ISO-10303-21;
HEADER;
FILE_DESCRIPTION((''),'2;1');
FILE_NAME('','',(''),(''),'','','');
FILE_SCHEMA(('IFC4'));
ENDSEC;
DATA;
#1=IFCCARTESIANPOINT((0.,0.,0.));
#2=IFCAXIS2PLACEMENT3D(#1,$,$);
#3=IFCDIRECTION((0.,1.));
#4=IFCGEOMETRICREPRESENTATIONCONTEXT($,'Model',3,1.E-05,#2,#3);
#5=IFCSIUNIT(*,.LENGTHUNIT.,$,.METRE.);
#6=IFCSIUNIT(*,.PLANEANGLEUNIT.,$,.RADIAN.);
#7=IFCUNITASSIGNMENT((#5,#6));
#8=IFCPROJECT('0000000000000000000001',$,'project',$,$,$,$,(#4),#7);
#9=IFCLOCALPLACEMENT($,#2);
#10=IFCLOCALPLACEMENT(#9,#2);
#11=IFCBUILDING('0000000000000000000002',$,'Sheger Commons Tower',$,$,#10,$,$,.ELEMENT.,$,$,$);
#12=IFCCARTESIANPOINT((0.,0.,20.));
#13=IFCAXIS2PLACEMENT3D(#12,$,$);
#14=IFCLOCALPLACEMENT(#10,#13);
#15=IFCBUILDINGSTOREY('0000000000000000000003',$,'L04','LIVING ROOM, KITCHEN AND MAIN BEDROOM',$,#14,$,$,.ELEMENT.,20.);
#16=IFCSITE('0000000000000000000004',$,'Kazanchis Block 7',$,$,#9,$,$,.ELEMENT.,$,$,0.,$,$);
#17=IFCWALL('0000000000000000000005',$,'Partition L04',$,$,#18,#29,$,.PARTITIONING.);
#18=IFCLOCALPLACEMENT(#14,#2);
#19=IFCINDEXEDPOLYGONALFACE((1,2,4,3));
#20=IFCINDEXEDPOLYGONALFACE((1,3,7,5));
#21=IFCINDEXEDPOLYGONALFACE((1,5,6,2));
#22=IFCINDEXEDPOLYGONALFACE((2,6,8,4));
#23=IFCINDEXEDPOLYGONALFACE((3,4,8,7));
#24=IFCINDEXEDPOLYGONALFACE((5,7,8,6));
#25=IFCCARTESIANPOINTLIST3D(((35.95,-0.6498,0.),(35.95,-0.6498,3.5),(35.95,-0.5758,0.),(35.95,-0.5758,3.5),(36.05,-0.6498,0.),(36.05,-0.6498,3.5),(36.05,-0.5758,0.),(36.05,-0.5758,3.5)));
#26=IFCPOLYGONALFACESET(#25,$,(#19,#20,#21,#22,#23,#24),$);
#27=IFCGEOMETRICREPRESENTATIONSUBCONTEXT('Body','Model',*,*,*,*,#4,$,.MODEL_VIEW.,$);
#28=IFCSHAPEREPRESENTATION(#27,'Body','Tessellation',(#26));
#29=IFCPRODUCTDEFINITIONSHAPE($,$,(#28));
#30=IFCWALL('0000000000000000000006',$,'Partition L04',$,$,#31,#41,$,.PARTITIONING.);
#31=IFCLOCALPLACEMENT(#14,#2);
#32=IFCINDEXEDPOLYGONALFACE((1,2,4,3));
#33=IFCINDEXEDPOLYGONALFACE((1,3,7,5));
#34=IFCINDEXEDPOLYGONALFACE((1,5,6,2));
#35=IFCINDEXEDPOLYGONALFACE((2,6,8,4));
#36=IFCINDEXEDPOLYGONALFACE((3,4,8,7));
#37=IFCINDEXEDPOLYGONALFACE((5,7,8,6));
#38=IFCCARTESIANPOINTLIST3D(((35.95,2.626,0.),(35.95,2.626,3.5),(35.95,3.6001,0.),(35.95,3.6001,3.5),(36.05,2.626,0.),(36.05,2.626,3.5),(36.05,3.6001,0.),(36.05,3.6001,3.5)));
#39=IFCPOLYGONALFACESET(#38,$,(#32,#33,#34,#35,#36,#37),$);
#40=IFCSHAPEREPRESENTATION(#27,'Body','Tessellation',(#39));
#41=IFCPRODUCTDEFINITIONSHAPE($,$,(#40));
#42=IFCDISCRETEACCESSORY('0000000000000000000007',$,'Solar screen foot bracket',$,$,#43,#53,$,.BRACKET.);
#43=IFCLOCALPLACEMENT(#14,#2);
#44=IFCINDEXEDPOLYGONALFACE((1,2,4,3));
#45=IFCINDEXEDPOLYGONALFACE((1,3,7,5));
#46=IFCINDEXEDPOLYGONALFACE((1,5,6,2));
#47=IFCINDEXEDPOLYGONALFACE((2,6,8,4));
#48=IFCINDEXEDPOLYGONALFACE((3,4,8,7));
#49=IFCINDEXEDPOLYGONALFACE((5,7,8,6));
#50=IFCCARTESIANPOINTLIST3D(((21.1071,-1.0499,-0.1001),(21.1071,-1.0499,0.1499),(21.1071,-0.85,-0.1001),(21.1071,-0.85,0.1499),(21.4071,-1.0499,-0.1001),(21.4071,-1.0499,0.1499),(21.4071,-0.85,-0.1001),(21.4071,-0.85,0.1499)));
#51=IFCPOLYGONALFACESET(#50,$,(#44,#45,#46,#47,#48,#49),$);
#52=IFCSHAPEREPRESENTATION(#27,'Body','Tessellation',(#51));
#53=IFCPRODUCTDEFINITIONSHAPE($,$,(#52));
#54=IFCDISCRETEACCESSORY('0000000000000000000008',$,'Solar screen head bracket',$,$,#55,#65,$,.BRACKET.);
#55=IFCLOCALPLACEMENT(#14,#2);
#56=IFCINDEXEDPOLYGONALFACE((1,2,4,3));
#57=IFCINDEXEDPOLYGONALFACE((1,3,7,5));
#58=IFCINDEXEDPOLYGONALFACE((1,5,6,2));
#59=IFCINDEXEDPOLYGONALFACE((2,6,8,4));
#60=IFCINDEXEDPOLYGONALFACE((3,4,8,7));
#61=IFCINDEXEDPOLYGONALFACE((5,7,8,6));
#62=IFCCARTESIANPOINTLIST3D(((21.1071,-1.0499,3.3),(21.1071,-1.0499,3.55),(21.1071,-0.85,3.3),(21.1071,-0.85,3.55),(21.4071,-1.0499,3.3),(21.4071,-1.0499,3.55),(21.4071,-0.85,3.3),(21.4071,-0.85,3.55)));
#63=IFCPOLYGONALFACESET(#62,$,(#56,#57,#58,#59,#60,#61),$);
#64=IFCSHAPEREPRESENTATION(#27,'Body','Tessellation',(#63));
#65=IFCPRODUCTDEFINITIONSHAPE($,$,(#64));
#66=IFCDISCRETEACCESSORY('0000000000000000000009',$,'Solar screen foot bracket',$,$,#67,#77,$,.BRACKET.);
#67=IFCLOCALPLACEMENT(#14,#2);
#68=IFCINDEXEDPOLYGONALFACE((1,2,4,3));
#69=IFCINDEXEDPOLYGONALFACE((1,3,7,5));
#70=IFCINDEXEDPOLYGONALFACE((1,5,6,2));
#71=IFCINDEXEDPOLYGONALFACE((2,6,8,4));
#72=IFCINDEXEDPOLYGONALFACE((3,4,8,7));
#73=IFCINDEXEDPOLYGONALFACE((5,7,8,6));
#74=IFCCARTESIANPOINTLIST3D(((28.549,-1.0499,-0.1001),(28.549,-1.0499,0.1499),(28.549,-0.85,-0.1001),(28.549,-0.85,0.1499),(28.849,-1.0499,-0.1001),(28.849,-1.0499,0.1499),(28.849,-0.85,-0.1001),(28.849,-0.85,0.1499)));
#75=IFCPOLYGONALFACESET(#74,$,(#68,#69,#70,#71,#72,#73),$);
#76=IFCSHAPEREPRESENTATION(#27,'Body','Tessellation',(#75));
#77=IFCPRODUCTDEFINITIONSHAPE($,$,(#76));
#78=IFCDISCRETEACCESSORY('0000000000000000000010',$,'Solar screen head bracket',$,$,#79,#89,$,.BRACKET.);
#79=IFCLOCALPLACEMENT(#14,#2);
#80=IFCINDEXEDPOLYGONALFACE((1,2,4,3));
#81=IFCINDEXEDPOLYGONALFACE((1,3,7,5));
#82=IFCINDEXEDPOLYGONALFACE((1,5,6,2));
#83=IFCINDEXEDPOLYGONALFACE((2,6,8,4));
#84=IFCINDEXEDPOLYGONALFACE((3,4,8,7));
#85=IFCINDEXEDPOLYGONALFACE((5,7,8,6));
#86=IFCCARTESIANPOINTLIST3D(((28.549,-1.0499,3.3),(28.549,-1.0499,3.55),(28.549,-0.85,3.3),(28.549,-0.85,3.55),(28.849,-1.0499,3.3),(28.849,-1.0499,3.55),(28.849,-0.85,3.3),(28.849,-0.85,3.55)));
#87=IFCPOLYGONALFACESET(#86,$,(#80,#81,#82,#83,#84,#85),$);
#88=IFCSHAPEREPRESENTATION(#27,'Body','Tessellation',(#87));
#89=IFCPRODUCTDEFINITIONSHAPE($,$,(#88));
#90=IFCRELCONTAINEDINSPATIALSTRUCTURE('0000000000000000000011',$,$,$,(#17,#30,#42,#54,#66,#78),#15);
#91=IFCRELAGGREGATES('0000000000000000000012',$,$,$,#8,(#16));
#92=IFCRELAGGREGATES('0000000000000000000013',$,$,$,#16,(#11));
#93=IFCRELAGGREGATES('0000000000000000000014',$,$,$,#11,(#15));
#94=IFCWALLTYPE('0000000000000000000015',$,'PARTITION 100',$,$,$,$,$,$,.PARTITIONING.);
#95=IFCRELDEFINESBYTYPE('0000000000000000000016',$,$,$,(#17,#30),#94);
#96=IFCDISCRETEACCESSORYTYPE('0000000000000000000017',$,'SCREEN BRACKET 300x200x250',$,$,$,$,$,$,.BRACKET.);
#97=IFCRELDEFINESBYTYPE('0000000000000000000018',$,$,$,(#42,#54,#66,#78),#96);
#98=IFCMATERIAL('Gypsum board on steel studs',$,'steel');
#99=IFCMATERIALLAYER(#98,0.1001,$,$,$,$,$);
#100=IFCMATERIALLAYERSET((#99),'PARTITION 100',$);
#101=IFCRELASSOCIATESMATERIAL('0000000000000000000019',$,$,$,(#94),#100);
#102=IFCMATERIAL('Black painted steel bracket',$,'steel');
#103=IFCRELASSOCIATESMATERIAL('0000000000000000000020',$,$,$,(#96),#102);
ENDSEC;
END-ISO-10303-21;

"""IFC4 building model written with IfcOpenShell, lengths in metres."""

from ifc_helpers import new_model, si_unit, direction, frame, frame_2d, origin, origin_2d, place, context, subcontext, project, spatial, rectangle, extrude, material, layer, layer_set, type_object, element, save


model = new_model("IFC4")

# Units and contexts
model_context = context("Model", 3, precision=1e-05, world=origin(), true_north=direction((0.0, 1.0)))
body_context = subcontext(model_context, "Body", "Model", "MODEL_VIEW")
ifc_project = project(units=[si_unit("LENGTHUNIT", "METRE"), si_unit("PLANEANGLEUNIT", "RADIAN")], contexts=[model_context])

# Site, building, storey
site_placement = place(None, origin())
site = spatial("IfcSite", under=ifc_project, at=site_placement, Name="Kazanchis Block 7", CompositionType="ELEMENT", RefElevation=0.0)
building_placement = place(site_placement, origin())
building = spatial("IfcBuilding", under=site, at=building_placement, Name="Sheger Commons Tower", CompositionType="ELEMENT")
storey_placement = place(building_placement, frame((0.0, 0.0, 20.0)))
storey = spatial("IfcBuildingStorey", under=building, at=storey_placement, Name="L04", Description="LIVING ROOM, KITCHEN AND MAIN BEDROOM", CompositionType="ELEMENT", Elevation=20.0)

# Shared definitions
ifc_material_1 = material(Name="Gypsum board on steel studs", Category="steel")
ifc_layer_1 = layer(ifc_material_1, 0.1001)
ifc_layer_set_1 = layer_set([ifc_layer_1], Name="PARTITION 100")
wall_type_1 = type_object("IfcWallType", Name="PARTITION 100", PredefinedType="PARTITIONING", material=ifc_layer_set_1)

# Walls
wall_1_placement = place(storey_placement, frame((36.0, -0.6499, 0.0), z_axis=(0.0, 0.0, 1.0), x_axis=(0.0, 1.0, 0.0)))
element("IfcWall", 1, at=wall_1_placement, inside=storey, type_object=wall_type_1, Name="Partition L04", PredefinedType="PARTITIONING", context=body_context, shape_type="SweptSolid", body=[
    extrude(rectangle(XDim=0.074, YDim=0.1001, at=frame_2d((0.0371, 0.0))), origin(), (0.0, 0.0, 1.0), 3.5),
])
wall_2_placement = place(storey_placement, frame((36.0, 2.626, 0.0), z_axis=(0.0, 0.0, 1.0), x_axis=(0.0, 1.0, 0.0)))
element("IfcWall", 2, at=wall_2_placement, inside=storey, type_object=wall_type_1, Name="Partition L04", PredefinedType="PARTITIONING", context=body_context, shape_type="SweptSolid", body=[
    extrude(rectangle(XDim=0.9741, YDim=0.1001, at=frame_2d((0.4871, 0.0))), origin(), (0.0, 0.0, 1.0), 3.5),
])

# Discrete accessories
ifc_material_2 = material(Name="Black painted steel bracket", Category="steel")
discrete_accessory_type = type_object("IfcDiscreteAccessoryType", Name="SCREEN BRACKET 300x200x250", PredefinedType="BRACKET", material=ifc_material_2)
for number, where, z_axis, x_axis, name in (
    (3, (21.2571, -0.95, -0.1001), (0.0, 0.0, 1.0), (1.0, 0.0, 0.0), "Solar screen foot bracket"),
    (4, (21.2571, -0.95, 3.3), (0.0, 0.0, 1.0), (1.0, 0.0, 0.0), "Solar screen head bracket"),
    (5, (28.699, -0.95, -0.1001), (0.0, 0.0, 1.0), (1.0, 0.0, 0.0), "Solar screen foot bracket"),
    (6, (28.699, -0.95, 3.3), (0.0, 0.0, 1.0), (1.0, 0.0, 0.0), "Solar screen head bracket"),
):
    element("IfcDiscreteAccessory", number, at=place(storey_placement, frame(where, z_axis=z_axis, x_axis=x_axis)), inside=storey, type_object=discrete_accessory_type, Name=name, PredefinedType="BRACKET", context=body_context, shape_type="SweptSolid", body=[
        extrude(rectangle(XDim=0.3, YDim=0.2, at=origin_2d()), origin(), (0.0, 0.0, 1.0), 0.25),
    ])

save(model, "model.ifc")
